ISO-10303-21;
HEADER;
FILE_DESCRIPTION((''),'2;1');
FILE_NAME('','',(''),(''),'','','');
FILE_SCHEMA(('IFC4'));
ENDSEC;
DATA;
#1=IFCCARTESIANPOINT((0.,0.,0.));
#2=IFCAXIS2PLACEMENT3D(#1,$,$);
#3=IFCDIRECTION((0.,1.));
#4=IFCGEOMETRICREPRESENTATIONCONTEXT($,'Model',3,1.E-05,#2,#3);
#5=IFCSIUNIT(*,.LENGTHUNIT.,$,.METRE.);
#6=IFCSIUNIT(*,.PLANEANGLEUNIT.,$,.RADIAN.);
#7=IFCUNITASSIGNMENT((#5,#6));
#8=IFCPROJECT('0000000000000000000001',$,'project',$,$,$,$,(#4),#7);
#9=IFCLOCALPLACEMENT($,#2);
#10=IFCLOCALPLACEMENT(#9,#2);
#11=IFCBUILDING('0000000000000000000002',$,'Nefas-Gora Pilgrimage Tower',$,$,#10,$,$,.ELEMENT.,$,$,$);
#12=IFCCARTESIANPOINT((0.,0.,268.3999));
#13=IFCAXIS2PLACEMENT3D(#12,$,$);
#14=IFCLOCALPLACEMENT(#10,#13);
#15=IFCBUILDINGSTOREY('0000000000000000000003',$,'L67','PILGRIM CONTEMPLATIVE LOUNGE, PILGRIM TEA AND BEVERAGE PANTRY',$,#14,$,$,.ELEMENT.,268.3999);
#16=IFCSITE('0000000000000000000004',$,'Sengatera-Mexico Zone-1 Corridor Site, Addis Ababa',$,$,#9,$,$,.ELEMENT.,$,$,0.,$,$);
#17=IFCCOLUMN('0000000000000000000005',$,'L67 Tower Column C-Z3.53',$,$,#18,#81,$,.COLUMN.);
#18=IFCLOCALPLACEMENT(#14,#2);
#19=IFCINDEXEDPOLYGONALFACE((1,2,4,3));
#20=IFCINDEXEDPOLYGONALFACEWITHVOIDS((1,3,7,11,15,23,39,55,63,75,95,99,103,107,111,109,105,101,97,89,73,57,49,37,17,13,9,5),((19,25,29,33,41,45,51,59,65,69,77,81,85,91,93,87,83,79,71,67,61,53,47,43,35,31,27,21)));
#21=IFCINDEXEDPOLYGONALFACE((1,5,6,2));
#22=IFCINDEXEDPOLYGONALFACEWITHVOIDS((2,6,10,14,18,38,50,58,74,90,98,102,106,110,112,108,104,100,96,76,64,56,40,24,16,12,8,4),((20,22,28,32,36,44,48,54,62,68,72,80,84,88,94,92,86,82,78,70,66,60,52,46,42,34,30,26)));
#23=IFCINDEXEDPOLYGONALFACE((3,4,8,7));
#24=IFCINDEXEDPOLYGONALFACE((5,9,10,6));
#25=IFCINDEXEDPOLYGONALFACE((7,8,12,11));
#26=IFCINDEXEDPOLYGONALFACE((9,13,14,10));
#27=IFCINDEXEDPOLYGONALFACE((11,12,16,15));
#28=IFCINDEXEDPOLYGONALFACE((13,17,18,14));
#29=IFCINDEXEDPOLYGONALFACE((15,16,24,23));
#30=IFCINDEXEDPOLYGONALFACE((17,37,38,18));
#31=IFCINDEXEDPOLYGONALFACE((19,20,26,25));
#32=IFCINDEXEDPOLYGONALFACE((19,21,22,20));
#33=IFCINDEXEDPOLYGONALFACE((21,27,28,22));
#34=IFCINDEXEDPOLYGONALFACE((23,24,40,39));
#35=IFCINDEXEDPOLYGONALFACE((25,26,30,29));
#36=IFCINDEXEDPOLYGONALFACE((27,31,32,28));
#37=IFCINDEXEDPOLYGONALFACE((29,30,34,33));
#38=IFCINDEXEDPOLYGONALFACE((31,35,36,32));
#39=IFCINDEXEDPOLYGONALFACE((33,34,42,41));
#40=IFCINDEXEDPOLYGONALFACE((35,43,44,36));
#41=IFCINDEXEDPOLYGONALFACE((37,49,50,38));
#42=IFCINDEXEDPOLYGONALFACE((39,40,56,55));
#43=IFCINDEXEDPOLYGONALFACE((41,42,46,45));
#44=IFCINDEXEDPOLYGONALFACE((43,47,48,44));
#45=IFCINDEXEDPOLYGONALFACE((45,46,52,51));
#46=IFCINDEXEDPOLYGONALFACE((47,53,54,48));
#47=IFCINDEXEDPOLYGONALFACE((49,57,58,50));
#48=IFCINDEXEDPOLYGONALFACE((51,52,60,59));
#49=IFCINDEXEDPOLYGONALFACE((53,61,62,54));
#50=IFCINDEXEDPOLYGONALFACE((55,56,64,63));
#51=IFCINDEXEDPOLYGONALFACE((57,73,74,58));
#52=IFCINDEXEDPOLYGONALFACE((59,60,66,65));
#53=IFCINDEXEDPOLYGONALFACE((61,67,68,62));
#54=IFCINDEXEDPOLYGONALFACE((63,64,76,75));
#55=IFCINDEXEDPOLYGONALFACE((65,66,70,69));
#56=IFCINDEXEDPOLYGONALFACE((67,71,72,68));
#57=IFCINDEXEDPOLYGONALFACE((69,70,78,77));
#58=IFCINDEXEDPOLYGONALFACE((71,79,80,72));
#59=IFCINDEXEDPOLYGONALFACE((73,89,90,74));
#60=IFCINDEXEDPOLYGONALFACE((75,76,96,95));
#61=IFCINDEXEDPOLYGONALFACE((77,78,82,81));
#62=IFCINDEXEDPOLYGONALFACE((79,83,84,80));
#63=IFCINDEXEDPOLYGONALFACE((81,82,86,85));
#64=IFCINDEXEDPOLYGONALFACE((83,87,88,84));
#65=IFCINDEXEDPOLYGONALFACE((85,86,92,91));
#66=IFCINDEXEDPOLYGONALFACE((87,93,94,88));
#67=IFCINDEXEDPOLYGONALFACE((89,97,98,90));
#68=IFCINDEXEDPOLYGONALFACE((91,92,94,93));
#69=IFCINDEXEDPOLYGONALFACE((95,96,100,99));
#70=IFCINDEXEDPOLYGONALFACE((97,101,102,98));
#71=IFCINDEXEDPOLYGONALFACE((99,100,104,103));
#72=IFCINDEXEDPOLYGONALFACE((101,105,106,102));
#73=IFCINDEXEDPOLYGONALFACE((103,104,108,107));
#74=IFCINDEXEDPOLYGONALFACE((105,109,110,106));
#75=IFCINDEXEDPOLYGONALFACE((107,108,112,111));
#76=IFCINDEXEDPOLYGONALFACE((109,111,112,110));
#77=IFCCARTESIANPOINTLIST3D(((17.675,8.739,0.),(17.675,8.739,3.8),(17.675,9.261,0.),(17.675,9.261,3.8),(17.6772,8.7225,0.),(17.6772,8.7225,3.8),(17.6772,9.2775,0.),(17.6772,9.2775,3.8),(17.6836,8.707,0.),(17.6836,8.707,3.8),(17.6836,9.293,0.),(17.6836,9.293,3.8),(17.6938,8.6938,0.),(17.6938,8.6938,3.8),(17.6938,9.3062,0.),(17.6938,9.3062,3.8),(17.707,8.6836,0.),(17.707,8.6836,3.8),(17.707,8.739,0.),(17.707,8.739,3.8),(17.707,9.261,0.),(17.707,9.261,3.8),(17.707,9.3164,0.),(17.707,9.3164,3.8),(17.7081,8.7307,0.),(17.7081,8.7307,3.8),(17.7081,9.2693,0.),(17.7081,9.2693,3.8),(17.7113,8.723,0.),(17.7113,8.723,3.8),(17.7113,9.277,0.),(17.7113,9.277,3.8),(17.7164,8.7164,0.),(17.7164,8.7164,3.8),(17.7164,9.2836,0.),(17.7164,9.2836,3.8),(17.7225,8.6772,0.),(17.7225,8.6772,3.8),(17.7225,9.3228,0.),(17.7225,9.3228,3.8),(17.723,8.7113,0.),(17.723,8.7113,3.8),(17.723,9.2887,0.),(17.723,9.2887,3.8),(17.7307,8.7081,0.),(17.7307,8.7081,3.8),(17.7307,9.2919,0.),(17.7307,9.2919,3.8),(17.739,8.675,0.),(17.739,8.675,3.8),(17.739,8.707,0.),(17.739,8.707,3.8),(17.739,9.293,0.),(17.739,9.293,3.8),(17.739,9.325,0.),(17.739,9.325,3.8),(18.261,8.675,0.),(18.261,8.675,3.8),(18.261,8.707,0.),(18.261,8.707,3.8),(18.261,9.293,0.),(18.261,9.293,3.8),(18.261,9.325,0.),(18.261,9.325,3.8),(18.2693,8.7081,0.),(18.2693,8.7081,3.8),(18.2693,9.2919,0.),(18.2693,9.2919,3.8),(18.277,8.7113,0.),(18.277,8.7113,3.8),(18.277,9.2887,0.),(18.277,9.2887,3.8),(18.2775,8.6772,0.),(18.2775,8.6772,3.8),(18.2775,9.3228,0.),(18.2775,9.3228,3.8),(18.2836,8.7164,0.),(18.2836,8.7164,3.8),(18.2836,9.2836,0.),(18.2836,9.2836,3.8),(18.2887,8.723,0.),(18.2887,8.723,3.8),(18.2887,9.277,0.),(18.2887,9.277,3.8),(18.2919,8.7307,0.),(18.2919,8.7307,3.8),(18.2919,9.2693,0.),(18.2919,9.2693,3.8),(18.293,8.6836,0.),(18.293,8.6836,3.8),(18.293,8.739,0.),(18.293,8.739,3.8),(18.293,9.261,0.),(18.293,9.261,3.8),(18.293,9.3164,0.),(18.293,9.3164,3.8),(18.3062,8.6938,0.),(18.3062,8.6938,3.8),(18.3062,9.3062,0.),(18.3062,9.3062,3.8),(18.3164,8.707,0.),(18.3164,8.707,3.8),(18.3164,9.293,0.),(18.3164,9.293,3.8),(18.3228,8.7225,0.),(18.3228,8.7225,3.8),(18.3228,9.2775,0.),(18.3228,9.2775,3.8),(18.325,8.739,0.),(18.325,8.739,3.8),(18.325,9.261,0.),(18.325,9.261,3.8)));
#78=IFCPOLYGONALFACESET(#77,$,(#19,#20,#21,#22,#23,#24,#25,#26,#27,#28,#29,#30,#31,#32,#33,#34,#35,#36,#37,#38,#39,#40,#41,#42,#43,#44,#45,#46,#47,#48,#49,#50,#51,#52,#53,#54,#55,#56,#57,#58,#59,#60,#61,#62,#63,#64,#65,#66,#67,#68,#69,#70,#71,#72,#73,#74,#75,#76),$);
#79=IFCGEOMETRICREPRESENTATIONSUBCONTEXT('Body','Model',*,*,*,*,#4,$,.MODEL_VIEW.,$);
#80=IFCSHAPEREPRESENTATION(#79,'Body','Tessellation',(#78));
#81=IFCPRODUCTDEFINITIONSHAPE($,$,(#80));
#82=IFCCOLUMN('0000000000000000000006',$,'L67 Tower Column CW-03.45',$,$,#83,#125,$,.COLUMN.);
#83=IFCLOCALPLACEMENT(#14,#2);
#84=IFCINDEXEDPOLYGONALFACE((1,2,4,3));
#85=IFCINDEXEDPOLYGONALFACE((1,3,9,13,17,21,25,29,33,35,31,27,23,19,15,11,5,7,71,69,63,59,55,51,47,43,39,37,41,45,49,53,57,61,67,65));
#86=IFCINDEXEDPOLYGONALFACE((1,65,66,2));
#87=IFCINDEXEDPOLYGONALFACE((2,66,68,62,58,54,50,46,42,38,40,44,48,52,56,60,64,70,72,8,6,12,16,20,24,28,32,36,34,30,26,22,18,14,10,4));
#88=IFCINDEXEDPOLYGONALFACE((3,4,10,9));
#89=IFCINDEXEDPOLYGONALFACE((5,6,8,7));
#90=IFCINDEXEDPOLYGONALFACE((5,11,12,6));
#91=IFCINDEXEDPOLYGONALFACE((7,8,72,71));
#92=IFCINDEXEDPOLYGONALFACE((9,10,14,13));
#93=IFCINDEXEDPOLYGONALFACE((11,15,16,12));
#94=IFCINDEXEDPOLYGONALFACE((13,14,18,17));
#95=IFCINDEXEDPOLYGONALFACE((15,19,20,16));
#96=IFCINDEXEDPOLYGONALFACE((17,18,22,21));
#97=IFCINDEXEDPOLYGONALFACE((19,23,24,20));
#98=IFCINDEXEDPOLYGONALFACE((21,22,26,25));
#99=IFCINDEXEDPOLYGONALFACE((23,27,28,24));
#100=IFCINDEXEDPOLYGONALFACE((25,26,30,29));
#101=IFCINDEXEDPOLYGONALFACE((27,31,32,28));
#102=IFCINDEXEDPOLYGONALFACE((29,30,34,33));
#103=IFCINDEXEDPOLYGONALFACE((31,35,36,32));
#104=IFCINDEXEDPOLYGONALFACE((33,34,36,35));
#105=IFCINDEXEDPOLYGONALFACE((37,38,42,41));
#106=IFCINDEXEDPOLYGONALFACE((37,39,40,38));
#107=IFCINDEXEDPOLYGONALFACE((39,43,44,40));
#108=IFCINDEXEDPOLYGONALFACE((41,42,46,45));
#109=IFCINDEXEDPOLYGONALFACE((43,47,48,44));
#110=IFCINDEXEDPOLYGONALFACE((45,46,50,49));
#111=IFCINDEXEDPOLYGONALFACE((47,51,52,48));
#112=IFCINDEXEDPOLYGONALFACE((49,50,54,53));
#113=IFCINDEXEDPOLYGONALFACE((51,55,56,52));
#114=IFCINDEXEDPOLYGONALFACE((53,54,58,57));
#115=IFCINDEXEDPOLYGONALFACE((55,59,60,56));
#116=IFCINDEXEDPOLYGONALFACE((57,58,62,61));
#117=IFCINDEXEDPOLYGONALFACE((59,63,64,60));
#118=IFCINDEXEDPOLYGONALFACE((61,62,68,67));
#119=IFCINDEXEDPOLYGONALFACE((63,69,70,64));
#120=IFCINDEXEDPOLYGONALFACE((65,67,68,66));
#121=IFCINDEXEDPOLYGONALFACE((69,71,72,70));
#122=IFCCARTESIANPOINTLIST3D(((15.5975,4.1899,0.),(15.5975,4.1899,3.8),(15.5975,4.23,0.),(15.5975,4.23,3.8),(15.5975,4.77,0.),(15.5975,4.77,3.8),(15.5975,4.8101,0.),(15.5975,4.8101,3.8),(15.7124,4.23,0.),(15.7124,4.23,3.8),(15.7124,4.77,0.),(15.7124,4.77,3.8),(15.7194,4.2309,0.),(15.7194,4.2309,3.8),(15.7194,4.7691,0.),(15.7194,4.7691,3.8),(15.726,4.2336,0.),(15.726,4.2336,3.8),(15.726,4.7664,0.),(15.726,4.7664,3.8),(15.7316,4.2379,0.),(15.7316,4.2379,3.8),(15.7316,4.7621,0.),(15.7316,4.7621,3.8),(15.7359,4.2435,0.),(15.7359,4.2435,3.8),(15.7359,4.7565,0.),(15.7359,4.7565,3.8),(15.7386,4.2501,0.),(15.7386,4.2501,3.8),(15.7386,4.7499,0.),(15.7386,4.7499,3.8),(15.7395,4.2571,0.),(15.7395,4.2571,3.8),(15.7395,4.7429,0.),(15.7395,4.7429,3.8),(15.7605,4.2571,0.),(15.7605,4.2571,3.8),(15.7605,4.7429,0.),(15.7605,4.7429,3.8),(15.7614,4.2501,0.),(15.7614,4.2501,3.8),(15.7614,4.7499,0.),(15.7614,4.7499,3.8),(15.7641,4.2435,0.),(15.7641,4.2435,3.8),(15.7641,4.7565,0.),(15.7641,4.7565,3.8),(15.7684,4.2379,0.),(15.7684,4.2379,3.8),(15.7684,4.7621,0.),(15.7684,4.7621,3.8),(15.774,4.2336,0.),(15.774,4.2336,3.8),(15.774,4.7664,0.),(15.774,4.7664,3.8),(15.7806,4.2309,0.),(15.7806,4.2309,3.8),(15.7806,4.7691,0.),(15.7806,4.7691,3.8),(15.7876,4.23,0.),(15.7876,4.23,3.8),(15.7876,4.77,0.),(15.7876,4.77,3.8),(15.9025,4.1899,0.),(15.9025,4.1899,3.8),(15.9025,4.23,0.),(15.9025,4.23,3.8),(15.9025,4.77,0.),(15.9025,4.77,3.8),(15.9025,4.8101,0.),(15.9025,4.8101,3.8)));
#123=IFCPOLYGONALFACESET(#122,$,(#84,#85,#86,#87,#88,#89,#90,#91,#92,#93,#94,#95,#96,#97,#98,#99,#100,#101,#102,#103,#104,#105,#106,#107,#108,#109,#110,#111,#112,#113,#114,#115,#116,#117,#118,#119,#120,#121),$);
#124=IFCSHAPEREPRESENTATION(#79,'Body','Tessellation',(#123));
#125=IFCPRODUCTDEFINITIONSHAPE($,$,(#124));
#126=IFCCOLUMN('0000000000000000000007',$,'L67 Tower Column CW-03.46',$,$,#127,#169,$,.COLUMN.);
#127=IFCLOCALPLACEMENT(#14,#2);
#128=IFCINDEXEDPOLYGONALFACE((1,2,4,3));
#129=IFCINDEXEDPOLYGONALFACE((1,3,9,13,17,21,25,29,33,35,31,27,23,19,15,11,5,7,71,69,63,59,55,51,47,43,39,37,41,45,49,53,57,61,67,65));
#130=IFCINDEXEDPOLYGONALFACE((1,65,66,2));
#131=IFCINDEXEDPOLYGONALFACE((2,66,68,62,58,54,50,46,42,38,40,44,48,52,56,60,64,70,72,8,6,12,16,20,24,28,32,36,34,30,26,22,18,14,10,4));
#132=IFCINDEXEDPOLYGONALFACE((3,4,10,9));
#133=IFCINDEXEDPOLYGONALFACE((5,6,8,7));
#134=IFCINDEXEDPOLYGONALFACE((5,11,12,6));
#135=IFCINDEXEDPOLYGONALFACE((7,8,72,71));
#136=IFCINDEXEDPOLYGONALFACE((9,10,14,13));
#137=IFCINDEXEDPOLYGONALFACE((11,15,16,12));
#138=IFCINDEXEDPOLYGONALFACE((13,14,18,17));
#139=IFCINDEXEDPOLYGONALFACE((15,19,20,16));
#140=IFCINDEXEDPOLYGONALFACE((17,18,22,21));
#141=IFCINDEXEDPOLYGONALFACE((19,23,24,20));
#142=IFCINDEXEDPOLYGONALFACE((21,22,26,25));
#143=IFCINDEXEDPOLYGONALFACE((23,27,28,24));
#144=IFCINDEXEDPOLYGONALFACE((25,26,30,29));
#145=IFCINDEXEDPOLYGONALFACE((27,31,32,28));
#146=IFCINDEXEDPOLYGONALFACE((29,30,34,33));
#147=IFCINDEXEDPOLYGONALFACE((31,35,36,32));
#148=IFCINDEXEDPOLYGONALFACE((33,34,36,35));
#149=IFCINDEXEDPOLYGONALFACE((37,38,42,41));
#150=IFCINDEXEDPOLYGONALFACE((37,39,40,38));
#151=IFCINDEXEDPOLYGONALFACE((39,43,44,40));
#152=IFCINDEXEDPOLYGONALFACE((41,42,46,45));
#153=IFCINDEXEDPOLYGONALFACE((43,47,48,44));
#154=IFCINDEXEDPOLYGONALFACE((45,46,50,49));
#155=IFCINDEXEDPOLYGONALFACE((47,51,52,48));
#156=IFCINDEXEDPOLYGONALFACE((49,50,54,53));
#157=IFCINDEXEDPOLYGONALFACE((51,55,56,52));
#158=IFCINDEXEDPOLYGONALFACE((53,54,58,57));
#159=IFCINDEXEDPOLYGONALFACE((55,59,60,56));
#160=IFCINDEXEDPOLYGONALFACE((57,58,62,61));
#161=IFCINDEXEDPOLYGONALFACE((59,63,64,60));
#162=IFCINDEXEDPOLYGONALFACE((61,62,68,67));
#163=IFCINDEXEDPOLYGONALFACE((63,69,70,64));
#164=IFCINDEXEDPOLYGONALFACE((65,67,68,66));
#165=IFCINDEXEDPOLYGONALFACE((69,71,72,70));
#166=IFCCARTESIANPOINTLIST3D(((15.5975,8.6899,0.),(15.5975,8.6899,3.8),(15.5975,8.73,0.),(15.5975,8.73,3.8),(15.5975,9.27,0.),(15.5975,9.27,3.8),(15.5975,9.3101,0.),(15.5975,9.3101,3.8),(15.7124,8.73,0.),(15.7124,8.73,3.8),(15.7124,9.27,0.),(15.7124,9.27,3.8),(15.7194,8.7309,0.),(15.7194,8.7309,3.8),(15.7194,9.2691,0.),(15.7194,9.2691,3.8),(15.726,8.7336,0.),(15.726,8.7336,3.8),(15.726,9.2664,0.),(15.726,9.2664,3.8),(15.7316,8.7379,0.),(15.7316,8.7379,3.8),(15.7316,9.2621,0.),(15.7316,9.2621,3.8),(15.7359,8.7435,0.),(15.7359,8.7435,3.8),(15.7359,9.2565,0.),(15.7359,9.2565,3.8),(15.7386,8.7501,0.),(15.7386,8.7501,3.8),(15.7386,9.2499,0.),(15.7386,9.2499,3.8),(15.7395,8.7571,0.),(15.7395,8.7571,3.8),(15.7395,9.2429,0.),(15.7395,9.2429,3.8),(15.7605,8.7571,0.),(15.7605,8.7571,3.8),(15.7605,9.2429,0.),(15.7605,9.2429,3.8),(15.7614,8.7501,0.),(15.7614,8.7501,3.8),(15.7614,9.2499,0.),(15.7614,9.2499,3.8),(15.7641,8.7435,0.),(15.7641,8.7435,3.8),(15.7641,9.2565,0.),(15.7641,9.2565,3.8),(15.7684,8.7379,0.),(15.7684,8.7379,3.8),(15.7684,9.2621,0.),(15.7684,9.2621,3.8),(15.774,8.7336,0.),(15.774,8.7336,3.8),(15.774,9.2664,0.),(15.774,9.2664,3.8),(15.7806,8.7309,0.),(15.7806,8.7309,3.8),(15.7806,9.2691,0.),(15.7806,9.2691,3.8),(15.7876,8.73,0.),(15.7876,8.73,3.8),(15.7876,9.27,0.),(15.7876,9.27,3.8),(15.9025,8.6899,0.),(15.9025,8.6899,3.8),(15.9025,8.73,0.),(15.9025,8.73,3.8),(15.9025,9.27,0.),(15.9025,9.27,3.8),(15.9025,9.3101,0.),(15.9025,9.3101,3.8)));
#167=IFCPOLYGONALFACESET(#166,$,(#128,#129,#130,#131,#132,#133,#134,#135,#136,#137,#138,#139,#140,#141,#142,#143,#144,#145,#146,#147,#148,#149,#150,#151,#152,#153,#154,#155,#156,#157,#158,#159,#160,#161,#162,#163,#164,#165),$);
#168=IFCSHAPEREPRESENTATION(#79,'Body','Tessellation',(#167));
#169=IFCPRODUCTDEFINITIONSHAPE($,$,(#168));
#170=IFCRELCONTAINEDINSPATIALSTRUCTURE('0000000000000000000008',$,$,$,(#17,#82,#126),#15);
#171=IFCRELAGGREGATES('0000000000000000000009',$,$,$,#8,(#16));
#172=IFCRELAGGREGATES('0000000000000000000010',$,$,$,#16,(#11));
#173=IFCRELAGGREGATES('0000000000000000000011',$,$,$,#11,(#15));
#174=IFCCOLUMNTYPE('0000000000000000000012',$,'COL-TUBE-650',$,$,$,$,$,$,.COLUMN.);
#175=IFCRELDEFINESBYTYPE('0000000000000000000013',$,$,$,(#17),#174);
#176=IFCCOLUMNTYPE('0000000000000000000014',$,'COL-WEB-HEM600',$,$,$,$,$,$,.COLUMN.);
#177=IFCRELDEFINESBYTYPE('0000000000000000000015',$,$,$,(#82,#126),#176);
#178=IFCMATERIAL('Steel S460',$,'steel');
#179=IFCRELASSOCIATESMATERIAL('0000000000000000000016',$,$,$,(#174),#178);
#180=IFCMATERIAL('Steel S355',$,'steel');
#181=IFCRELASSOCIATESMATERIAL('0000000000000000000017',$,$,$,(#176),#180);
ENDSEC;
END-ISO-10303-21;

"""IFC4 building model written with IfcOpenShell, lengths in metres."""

from ifc_helpers import new_model, si_unit, direction, frame, origin, origin_2d, place, context, subcontext, project, spatial, hollow_rectangle, i_section, extrude, source, transform, mapped, material, material_profile, profile_set, type_object, element, save


model = new_model("IFC4")

# Units and contexts
model_context = context("Model", 3, precision=1e-05, world=origin(), true_north=direction((0.0, 1.0)))
body_context = subcontext(model_context, "Body", "Model", "MODEL_VIEW")
ifc_project = project(units=[si_unit("LENGTHUNIT", "METRE"), si_unit("PLANEANGLEUNIT", "RADIAN")], contexts=[model_context])

# Site, building, storey
site_placement = place(None, origin())
site = spatial("IfcSite", under=ifc_project, at=site_placement, Name="Sengatera-Mexico Zone-1 Corridor Site, Addis Ababa", CompositionType="ELEMENT", RefElevation=0.0)
building_placement = place(site_placement, origin())
building = spatial("IfcBuilding", under=site, at=building_placement, Name="Nefas-Gora Pilgrimage Tower", CompositionType="ELEMENT")
storey_placement = place(building_placement, frame((0.0, 0.0, 268.3999)))
storey = spatial("IfcBuildingStorey", under=building, at=storey_placement, Name="L67", Description="PILGRIM CONTEMPLATIVE LOUNGE, PILGRIM TEA AND BEVERAGE PANTRY", CompositionType="ELEMENT", Elevation=268.3999)

# Columns
ifc_material_1 = material(Name="Steel S460", Category="steel")
ifc_material_profile_1 = material_profile(ifc_material_1, hollow_rectangle(XDim=0.6499, YDim=0.6499, WallThickness=0.032, InnerFilletRadius=0.032, OuterFilletRadius=0.064, at=origin_2d()), Name="BOX 650x650x32")
ifc_profile_set_1 = profile_set([ifc_material_profile_1], Name="Steel S460")
column_type_1 = type_object("IfcColumnType", Name="COL-TUBE-650", PredefinedType="COLUMN", material=ifc_profile_set_1)
shared_shape_1 = source(origin(), body_context, "Body", "SweptSolid", [
    extrude(hollow_rectangle(XDim=0.6499, YDim=0.6499, WallThickness=0.032, InnerFilletRadius=0.032, OuterFilletRadius=0.064, at=origin_2d()), origin(), (0.0, 0.0, 1.0), 3.8),
])
for number, where, z_axis, x_axis, name in (
    (1, (18.0, 9.0, 0.0), (0.0, 0.0, 1.0), (1.0, 0.0, 0.0), "L67 Tower Column C-Z3.53"),
):
    element("IfcColumn", number, at=place(storey_placement, frame(where, z_axis=z_axis, x_axis=x_axis)), inside=storey, type_object=column_type_1, Name=name, PredefinedType="COLUMN", context=body_context, shape_type="MappedRepresentation", body=[
        mapped(shared_shape_1, transform((0.0, 0.0, 0.0), x_axis=(1.0, 0.0, 0.0), y_axis=(0.0, 1.0, 0.0), z_axis=(0.0, 0.0, 1.0), scale=1.0)),
    ])
ifc_material_2 = material(Name="Steel S355", Category="steel")
ifc_material_profile_2 = material_profile(ifc_material_2, i_section(OverallWidth=0.3049, OverallDepth=0.6201, WebThickness=0.021, FlangeThickness=0.04, FilletRadius=0.0271, at=origin_2d()), Name="HEM 600")
ifc_profile_set_2 = profile_set([ifc_material_profile_2], Name="Steel S355")
column_type_2 = type_object("IfcColumnType", Name="COL-WEB-HEM600", PredefinedType="COLUMN", material=ifc_profile_set_2)
shared_shape_2 = source(origin(), body_context, "Body", "SweptSolid", [
    extrude(i_section(OverallWidth=0.3049, OverallDepth=0.6201, WebThickness=0.021, FlangeThickness=0.04, FilletRadius=0.0271, at=origin_2d()), origin(), (0.0, 0.0, 1.0), 3.8),
])
for number, where, z_axis, x_axis, name in (
    (2, (15.75, 4.5, 0.0), (0.0, 0.0, 1.0), (1.0, 0.0, 0.0), "L67 Tower Column CW-03.45"),
    (3, (15.75, 9.0, 0.0), (0.0, 0.0, 1.0), (1.0, 0.0, 0.0), "L67 Tower Column CW-03.46"),
):
    element("IfcColumn", number, at=place(storey_placement, frame(where, z_axis=z_axis, x_axis=x_axis)), inside=storey, type_object=column_type_2, Name=name, PredefinedType="COLUMN", context=body_context, shape_type="MappedRepresentation", body=[
        mapped(shared_shape_2, transform((0.0, 0.0, 0.0), x_axis=(1.0, 0.0, 0.0), y_axis=(0.0, 1.0, 0.0), z_axis=(0.0, 0.0, 1.0), scale=1.0)),
    ])

save(model, "model.ifc")
